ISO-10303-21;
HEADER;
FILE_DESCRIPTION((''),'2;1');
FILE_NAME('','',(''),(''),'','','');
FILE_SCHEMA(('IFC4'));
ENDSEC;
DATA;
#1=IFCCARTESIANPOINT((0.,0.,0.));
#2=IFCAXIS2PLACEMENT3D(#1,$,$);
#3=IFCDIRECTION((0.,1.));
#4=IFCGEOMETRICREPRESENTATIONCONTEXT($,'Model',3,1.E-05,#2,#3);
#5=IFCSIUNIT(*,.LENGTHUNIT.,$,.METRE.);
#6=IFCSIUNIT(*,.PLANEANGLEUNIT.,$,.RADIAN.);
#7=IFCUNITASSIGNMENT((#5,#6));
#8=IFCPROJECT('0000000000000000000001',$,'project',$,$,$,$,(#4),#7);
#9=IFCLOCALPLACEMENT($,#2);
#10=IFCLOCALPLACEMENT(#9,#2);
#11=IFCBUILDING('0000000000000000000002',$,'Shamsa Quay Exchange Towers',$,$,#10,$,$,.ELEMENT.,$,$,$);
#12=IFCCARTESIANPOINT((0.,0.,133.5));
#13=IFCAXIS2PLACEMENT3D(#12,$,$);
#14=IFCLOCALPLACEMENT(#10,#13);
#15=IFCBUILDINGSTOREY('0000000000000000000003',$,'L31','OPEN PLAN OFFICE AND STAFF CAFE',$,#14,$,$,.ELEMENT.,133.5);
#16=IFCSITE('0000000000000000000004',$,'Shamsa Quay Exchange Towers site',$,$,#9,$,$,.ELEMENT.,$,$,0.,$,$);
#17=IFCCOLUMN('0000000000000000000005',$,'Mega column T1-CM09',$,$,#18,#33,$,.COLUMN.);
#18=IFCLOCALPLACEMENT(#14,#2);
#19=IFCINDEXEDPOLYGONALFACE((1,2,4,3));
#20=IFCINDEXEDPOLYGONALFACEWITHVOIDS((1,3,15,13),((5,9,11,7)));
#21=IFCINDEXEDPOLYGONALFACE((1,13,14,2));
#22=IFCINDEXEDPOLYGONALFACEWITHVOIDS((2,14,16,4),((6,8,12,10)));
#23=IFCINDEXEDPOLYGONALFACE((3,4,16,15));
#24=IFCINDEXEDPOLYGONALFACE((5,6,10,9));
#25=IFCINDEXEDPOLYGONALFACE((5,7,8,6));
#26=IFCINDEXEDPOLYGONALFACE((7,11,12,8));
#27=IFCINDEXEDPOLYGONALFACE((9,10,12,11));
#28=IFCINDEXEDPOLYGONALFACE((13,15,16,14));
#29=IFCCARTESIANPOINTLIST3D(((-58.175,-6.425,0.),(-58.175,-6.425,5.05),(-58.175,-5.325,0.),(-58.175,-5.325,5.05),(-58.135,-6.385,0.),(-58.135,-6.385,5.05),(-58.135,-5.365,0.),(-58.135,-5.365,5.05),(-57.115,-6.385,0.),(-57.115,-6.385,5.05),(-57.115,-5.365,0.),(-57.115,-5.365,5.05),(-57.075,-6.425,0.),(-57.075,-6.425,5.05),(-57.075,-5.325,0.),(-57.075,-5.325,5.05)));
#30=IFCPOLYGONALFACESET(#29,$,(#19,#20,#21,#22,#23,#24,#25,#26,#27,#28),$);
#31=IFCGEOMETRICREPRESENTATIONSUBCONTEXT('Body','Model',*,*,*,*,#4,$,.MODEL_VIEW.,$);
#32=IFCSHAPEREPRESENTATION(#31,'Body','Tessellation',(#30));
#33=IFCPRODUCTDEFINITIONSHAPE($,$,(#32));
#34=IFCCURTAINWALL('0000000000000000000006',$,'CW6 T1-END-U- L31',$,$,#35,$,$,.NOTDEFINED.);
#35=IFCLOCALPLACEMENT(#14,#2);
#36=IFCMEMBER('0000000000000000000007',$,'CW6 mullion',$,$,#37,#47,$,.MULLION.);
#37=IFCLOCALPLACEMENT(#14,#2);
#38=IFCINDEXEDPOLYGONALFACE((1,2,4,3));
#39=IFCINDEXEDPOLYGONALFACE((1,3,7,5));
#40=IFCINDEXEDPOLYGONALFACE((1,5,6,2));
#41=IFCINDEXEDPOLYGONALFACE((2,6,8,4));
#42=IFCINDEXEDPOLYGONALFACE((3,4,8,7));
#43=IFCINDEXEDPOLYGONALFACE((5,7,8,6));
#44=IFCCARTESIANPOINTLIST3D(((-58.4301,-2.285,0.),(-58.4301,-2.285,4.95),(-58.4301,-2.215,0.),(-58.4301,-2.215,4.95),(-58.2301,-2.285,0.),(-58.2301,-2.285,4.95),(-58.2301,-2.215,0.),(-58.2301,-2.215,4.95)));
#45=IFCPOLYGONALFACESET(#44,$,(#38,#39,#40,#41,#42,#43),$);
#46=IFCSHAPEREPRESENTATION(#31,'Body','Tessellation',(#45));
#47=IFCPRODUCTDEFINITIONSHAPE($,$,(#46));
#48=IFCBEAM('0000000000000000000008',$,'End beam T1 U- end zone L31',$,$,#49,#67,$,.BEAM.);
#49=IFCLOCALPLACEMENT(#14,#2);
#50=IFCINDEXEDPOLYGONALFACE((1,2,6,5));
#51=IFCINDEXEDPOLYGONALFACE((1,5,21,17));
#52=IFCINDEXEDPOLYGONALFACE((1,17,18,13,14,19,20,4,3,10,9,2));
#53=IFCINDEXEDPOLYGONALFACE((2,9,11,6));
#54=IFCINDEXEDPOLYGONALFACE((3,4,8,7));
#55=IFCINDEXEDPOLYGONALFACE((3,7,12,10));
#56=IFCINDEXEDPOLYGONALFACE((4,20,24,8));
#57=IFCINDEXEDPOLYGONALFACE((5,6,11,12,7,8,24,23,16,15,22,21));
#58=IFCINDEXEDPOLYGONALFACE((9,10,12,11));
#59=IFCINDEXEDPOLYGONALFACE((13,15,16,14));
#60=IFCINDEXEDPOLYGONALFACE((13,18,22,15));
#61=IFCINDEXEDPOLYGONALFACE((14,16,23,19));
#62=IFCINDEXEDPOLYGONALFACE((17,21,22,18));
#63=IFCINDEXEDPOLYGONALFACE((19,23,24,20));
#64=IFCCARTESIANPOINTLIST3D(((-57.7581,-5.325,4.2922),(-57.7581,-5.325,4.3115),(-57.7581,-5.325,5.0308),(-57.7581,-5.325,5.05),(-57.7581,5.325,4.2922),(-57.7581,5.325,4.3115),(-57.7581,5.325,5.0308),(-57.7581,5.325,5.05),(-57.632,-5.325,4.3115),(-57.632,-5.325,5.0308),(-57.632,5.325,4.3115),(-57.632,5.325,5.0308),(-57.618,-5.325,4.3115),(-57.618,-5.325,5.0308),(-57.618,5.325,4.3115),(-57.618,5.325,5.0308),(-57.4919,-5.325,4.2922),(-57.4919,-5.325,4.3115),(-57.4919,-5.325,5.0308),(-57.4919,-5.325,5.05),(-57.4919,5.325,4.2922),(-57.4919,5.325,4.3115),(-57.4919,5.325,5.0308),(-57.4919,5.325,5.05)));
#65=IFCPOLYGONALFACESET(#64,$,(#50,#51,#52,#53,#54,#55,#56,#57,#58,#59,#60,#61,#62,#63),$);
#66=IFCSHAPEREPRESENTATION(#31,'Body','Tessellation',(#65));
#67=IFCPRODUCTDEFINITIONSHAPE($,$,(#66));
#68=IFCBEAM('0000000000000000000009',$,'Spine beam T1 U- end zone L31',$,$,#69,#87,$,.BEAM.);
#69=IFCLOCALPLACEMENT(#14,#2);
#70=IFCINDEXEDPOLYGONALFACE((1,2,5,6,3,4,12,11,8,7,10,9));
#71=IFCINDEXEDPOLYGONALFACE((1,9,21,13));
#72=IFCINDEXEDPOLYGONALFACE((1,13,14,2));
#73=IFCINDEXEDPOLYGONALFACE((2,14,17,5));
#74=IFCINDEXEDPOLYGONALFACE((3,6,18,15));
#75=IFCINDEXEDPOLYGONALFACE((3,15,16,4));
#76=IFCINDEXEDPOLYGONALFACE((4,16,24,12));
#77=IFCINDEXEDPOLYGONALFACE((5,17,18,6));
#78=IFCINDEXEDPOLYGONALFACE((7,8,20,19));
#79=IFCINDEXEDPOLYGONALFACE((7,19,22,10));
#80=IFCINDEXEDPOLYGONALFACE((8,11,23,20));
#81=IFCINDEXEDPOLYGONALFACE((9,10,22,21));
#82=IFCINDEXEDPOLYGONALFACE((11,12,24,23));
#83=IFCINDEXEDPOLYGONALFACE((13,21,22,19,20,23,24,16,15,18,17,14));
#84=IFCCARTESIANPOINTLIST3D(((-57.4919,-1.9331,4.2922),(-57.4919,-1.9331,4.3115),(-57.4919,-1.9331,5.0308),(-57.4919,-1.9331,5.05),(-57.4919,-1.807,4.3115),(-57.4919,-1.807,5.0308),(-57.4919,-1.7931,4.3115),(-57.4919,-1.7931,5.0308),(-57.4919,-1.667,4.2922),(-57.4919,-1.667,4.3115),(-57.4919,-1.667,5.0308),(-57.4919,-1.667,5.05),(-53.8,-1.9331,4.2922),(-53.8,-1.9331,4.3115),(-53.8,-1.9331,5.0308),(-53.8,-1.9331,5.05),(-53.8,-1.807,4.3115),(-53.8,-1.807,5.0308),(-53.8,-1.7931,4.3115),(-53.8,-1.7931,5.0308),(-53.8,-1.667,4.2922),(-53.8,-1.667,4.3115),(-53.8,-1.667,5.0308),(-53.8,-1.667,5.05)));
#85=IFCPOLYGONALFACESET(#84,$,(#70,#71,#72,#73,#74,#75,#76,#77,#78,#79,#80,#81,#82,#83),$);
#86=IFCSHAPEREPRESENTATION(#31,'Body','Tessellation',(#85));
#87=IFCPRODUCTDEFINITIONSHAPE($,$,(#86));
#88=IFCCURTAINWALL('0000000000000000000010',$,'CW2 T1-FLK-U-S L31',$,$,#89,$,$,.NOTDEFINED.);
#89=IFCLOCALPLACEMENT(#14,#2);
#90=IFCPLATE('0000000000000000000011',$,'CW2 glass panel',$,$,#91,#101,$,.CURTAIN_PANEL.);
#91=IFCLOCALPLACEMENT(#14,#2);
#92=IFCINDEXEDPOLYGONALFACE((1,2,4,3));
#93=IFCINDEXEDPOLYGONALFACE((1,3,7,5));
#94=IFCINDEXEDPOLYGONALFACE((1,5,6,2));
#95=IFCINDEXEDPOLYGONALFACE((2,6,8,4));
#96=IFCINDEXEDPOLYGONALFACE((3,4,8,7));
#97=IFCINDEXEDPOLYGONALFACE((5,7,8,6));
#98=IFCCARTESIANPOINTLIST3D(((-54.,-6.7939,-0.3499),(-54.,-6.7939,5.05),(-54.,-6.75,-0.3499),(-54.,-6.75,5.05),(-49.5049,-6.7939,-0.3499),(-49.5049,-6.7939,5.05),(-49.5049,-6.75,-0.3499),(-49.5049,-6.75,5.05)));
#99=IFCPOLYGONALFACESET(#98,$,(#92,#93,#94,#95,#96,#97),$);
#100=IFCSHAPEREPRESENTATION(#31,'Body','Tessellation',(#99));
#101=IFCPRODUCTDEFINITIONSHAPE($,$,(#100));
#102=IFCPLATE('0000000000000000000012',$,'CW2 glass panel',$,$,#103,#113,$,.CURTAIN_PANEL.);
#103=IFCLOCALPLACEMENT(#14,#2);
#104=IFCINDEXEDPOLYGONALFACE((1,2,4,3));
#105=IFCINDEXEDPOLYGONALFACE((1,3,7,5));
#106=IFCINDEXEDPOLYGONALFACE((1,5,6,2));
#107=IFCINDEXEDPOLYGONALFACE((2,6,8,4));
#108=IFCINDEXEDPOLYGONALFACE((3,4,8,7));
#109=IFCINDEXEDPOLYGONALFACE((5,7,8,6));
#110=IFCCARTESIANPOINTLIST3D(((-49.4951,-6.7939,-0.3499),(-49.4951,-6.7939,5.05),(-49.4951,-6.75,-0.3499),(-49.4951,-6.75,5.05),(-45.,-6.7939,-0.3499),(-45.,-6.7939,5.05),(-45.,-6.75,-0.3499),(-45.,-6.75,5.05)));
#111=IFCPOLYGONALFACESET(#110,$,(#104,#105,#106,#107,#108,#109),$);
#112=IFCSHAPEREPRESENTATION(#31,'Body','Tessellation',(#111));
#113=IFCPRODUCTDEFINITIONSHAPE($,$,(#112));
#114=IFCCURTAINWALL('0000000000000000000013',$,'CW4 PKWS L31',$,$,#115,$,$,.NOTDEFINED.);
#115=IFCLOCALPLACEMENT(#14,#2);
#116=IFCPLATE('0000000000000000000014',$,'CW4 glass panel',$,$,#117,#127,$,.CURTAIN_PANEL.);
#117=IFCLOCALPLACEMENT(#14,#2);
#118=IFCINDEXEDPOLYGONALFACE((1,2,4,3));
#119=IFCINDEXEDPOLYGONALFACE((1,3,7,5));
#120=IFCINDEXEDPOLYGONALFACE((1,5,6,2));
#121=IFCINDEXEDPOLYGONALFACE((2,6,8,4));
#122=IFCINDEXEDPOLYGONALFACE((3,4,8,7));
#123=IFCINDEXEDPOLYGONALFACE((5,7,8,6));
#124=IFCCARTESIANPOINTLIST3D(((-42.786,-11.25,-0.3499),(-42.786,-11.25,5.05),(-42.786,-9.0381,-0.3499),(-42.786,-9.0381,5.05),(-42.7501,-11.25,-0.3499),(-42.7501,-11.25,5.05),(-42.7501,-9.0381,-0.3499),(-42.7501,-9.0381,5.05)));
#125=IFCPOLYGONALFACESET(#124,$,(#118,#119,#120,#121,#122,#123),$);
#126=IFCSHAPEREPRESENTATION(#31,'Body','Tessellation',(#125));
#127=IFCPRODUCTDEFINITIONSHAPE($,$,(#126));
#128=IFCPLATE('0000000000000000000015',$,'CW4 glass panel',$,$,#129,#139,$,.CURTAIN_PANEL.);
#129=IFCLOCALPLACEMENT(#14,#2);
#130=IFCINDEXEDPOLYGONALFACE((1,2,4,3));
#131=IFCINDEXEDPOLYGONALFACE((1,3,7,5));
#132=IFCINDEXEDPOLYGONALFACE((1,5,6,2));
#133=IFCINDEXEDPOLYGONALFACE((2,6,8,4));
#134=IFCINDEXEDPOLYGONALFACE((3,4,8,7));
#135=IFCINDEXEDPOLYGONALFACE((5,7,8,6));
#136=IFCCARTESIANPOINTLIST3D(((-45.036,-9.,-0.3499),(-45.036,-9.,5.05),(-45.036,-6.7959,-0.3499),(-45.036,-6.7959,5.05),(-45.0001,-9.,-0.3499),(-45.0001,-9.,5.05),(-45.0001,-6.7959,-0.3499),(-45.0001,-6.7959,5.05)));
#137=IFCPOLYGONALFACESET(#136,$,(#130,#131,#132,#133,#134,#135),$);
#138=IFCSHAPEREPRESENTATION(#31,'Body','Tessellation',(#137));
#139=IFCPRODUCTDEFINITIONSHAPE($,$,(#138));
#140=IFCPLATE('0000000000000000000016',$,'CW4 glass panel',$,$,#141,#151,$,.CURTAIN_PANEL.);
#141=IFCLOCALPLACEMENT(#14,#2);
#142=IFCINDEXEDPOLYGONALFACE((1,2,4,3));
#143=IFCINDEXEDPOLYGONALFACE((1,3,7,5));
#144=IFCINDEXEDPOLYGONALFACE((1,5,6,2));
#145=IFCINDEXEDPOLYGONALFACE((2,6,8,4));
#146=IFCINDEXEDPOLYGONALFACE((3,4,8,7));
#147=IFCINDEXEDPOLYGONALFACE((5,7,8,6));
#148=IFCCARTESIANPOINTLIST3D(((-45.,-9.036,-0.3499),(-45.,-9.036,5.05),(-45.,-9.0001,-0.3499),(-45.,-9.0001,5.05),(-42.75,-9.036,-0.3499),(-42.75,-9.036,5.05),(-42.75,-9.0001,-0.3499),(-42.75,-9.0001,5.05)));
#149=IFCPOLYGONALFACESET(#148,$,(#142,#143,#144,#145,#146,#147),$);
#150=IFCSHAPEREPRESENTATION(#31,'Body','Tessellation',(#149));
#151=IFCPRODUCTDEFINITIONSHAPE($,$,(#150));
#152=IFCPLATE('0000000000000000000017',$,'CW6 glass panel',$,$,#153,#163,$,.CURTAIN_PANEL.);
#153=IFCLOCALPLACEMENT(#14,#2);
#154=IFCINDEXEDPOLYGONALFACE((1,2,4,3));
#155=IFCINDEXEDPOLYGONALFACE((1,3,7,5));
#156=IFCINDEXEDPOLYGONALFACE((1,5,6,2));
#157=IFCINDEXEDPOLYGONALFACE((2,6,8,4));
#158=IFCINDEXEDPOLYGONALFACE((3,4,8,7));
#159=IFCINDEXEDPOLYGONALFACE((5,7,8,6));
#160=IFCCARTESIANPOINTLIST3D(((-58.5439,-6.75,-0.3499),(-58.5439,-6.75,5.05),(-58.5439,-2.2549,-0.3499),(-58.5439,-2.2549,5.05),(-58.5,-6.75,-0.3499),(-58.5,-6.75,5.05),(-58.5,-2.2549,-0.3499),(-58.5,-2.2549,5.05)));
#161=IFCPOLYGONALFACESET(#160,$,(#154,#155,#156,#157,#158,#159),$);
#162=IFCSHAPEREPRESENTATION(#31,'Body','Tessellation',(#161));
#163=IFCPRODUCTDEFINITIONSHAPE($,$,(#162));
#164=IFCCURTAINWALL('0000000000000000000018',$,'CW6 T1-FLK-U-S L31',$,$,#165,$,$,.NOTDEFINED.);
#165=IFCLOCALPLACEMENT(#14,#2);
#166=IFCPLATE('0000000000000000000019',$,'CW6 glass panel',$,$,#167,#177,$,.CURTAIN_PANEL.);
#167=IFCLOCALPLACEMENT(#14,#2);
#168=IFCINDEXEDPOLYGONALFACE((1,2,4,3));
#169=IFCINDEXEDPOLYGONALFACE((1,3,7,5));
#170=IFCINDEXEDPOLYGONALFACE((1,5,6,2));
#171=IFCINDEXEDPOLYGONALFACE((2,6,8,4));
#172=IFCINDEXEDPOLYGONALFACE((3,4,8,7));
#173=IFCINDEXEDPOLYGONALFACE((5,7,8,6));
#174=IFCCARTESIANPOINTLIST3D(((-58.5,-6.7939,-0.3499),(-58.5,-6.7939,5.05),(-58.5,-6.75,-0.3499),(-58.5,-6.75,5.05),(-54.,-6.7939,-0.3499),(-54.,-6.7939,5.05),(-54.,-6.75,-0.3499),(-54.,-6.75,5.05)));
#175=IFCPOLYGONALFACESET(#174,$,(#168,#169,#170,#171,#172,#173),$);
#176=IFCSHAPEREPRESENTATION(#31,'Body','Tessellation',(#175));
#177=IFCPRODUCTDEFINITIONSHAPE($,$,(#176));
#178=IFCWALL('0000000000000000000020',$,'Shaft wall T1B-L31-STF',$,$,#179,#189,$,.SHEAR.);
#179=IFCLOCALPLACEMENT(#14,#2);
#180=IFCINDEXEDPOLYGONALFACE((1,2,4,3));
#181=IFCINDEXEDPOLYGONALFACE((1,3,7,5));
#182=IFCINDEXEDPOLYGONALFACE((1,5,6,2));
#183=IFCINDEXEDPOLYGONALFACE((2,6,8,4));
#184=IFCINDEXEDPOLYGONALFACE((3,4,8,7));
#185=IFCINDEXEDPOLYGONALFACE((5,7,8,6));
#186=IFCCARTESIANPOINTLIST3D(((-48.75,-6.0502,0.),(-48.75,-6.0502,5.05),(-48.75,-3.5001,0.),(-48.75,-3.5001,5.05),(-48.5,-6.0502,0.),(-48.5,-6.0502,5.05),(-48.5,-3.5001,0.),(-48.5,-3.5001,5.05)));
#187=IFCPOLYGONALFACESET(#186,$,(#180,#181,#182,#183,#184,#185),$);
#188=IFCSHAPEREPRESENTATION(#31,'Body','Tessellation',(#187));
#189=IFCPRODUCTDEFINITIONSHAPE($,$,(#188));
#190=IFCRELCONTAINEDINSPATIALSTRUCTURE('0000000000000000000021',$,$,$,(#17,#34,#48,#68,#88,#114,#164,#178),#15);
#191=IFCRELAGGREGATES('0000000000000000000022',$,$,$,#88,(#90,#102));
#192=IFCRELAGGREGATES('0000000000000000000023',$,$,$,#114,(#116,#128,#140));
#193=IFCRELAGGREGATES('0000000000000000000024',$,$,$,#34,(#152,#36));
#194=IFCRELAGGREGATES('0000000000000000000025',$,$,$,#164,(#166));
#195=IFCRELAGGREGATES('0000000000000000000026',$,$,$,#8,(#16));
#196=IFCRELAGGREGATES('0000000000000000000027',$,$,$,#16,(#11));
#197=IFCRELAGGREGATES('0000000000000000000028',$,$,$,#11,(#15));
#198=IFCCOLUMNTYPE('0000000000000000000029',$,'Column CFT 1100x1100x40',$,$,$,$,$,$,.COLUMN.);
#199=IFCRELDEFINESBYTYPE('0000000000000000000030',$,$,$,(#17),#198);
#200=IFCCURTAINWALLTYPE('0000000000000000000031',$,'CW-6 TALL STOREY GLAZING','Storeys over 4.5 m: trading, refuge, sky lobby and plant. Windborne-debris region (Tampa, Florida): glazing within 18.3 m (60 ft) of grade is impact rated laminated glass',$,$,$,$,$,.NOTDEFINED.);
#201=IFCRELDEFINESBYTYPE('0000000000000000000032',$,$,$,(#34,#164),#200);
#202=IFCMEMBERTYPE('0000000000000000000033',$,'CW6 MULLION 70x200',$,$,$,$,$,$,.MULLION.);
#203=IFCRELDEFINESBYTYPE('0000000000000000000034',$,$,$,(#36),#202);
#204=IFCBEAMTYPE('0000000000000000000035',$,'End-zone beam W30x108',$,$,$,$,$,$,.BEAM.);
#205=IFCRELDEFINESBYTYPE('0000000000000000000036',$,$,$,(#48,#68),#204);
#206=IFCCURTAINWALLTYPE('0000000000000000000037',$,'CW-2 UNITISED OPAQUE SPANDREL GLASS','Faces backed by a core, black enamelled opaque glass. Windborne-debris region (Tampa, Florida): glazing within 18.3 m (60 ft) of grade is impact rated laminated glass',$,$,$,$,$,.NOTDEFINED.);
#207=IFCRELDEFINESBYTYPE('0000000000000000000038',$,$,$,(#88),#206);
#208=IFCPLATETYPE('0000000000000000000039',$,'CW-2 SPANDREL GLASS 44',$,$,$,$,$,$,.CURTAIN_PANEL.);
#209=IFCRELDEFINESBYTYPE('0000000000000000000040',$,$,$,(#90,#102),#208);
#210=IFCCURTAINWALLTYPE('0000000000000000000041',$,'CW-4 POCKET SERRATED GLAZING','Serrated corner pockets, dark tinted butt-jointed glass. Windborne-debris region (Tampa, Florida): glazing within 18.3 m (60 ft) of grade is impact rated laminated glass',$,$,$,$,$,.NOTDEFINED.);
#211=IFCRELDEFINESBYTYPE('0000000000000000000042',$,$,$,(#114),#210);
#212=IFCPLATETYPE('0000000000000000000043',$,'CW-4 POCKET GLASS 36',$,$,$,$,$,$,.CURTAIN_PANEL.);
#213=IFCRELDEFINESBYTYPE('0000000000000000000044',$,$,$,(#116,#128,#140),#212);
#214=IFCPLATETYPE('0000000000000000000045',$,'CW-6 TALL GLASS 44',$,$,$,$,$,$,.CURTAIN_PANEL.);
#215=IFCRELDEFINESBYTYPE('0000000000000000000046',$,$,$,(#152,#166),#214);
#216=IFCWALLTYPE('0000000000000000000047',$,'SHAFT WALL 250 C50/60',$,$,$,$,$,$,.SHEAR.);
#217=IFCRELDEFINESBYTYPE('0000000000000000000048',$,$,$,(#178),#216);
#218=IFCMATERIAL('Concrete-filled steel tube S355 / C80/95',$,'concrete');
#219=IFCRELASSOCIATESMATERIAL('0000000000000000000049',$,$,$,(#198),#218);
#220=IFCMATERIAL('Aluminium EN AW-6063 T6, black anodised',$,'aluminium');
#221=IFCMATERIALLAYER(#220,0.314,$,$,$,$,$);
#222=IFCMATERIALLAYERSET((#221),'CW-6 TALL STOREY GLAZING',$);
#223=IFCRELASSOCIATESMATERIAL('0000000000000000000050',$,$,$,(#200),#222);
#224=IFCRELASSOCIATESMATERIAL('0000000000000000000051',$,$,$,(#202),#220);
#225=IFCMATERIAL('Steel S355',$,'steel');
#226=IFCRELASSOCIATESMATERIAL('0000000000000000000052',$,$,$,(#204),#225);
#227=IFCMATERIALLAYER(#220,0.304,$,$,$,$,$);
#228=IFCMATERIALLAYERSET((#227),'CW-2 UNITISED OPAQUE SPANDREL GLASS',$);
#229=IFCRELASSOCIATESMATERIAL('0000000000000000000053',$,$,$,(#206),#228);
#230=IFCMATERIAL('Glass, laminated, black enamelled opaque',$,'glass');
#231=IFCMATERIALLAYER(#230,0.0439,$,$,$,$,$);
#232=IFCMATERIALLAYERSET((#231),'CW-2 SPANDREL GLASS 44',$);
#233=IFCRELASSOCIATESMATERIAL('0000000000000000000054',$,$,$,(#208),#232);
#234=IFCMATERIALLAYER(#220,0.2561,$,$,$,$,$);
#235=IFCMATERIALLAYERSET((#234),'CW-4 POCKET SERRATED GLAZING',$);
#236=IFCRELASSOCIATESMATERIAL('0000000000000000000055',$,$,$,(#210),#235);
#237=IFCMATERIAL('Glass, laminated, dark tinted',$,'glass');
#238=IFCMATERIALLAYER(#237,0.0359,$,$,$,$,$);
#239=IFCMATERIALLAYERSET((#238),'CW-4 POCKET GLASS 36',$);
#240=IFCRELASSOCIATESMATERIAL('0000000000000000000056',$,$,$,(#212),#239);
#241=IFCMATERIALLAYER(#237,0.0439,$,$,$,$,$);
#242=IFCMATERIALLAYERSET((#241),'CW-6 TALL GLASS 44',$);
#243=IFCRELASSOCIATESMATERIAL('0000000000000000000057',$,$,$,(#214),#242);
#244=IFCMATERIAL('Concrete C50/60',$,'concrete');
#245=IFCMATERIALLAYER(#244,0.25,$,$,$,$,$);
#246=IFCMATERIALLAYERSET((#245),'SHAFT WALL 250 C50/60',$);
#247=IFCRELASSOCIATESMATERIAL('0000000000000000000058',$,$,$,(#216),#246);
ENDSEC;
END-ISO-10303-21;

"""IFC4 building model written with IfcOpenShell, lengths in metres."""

from ifc_helpers import new_model, si_unit, direction, frame, frame_2d, origin, origin_2d, place, context, subcontext, project, spatial, rectangle, hollow_rectangle, i_section, extrude, material, layer, layer_set, material_profile, profile_set, type_object, element, aggregate, save


model = new_model("IFC4")

# Units and contexts
model_context = context("Model", 3, precision=1e-05, world=origin(), true_north=direction((0.0, 1.0)))
body_context = subcontext(model_context, "Body", "Model", "MODEL_VIEW")
ifc_project = project(units=[si_unit("LENGTHUNIT", "METRE"), si_unit("PLANEANGLEUNIT", "RADIAN")], contexts=[model_context])

# Site, building, storey
site_placement = place(None, origin())
site = spatial("IfcSite", under=ifc_project, at=site_placement, Name="Shamsa Quay Exchange Towers site", CompositionType="ELEMENT", RefElevation=0.0)
building_placement = place(site_placement, origin())
building = spatial("IfcBuilding", under=site, at=building_placement, Name="Shamsa Quay Exchange Towers", CompositionType="ELEMENT")
storey_placement = place(building_placement, frame((0.0, 0.0, 133.5)))
storey = spatial("IfcBuildingStorey", under=building, at=storey_placement, Name="L31", Description="OPEN PLAN OFFICE AND STAFF CAFE", CompositionType="ELEMENT", Elevation=133.5)

# Column
ifc_material_1 = material(Name="Concrete-filled steel tube S355 / C80/95", Category="concrete")
ifc_material_profile_1 = material_profile(ifc_material_1, hollow_rectangle(XDim=1.1001, YDim=1.1001, WallThickness=0.04, at=origin_2d()), Name="CFT 1100x1100x40")
ifc_profile_set_1 = profile_set([ifc_material_profile_1], Name="Concrete-filled steel tube S355 / C80/95")
column_type = type_object("IfcColumnType", Name="Column CFT 1100x1100x40", PredefinedType="COLUMN", material=ifc_profile_set_1)
column_placement = place(storey_placement, frame((-57.625, -5.875, 0.0)))
element("IfcColumn", 1, at=column_placement, inside=storey, type_object=column_type, Name="Mega column T1-CM09", PredefinedType="COLUMN", context=body_context, shape_type="SweptSolid", body=[
    extrude(hollow_rectangle(XDim=1.1001, YDim=1.1001, WallThickness=0.04, at=origin_2d()), origin(), (0.0, 0.0, 1.0), 5.05),
])

# Curtain wall, member
ifc_material_2 = material(Name="Aluminium EN AW-6063 T6, black anodised", Category="aluminium")
ifc_layer_1 = layer(ifc_material_2, 0.314)
ifc_layer_set_1 = layer_set([ifc_layer_1], Name="CW-6 TALL STOREY GLAZING")
curtain_wall_type_1 = type_object("IfcCurtainWallType", Name="CW-6 TALL STOREY GLAZING", Description="Storeys over 4.5 m: trading, refuge, sky lobby and plant. Windborne-debris region (Tampa, Florida): glazing within 18.3 m (60 ft) of grade is impact rated laminated glass", PredefinedType="NOTDEFINED", material=ifc_layer_set_1)
curtain_wall_1_placement = place(storey_placement, origin())
curtain_wall_1 = element("IfcCurtainWall", 2, at=curtain_wall_1_placement, inside=storey, type_object=curtain_wall_type_1, Name="CW6 T1-END-U- L31", PredefinedType="NOTDEFINED")
ifc_material_profile_2 = material_profile(ifc_material_2, rectangle(XDim=0.2, YDim=0.0701, at=origin_2d()), Name="MU70x200")
ifc_profile_set_2 = profile_set([ifc_material_profile_2], Name="Aluminium EN AW-6063 T6, black anodised")
member_type = type_object("IfcMemberType", Name="CW6 MULLION 70x200", PredefinedType="MULLION", material=ifc_profile_set_2)
member_placement = place(storey_placement, frame((-58.3301, -2.25, 0.0)))
member = element("IfcMember", 3, at=member_placement, type_object=member_type, Name="CW6 mullion", PredefinedType="MULLION", context=body_context, shape_type="SweptSolid", body=[
    extrude(rectangle(XDim=0.2, YDim=0.0701, at=origin_2d()), origin(), (0.0, 0.0, 1.0), 4.95),
])

# Beams
ifc_material_3 = material(Name="Steel S355", Category="steel")
ifc_material_profile_3 = material_profile(ifc_material_3, i_section(OverallWidth=0.2661, OverallDepth=0.7578, WebThickness=0.0139, FlangeThickness=0.0193, at=origin_2d()), Name="W30x108")
ifc_profile_set_3 = profile_set([ifc_material_profile_3], Name="Steel S355")
beam_type = type_object("IfcBeamType", Name="End-zone beam W30x108", PredefinedType="BEAM", material=ifc_profile_set_3)
beam_1_placement = place(storey_placement, frame((-57.625, -5.325, 4.6711), z_axis=(0.0, 1.0, 0.0), x_axis=(-1.0, 0.0, 0.0)))
element("IfcBeam", 4, at=beam_1_placement, inside=storey, type_object=beam_type, Name="End beam T1 U- end zone L31", PredefinedType="BEAM", context=body_context, shape_type="SweptSolid", body=[
    extrude(i_section(OverallWidth=0.2661, OverallDepth=0.7578, WebThickness=0.0139, FlangeThickness=0.0193, at=origin_2d()), origin(), (0.0, 0.0, 1.0), 10.6499),
])
beam_2_placement = place(storey_placement, frame((-53.8, -1.8, 4.6711), z_axis=(-1.0, 0.0, 0.0), x_axis=(0.0, -1.0, 0.0)))
element("IfcBeam", 5, at=beam_2_placement, inside=storey, type_object=beam_type, Name="Spine beam T1 U- end zone L31", PredefinedType="BEAM", context=body_context, shape_type="SweptSolid", body=[
    extrude(i_section(OverallWidth=0.2661, OverallDepth=0.7578, WebThickness=0.0139, FlangeThickness=0.0193, at=origin_2d()), origin(), (0.0, 0.0, 1.0), 3.6919),
])

# Curtain walls, plates
ifc_layer_2 = layer(ifc_material_2, 0.304)
ifc_layer_set_2 = layer_set([ifc_layer_2], Name="CW-2 UNITISED OPAQUE SPANDREL GLASS")
curtain_wall_type_2 = type_object("IfcCurtainWallType", Name="CW-2 UNITISED OPAQUE SPANDREL GLASS", Description="Faces backed by a core, black enamelled opaque glass. Windborne-debris region (Tampa, Florida): glazing within 18.3 m (60 ft) of grade is impact rated laminated glass", PredefinedType="NOTDEFINED", material=ifc_layer_set_2)
curtain_wall_2_placement = place(storey_placement, origin())
curtain_wall_2 = element("IfcCurtainWall", 6, at=curtain_wall_2_placement, inside=storey, type_object=curtain_wall_type_2, Name="CW2 T1-FLK-U-S L31", PredefinedType="NOTDEFINED")
ifc_material_4 = material(Name="Glass, laminated, black enamelled opaque", Category="glass")
ifc_layer_3 = layer(ifc_material_4, 0.0439)
ifc_layer_set_3 = layer_set([ifc_layer_3], Name="CW-2 SPANDREL GLASS 44")
plate_type_1 = type_object("IfcPlateType", Name="CW-2 SPANDREL GLASS 44", PredefinedType="CURTAIN_PANEL", material=ifc_layer_set_3)
plate_1_placement = place(storey_placement, frame((-51.7524, -6.772, -0.3499)))
plate_1 = element("IfcPlate", 7, at=plate_1_placement, type_object=plate_type_1, Name="CW2 glass panel", PredefinedType="CURTAIN_PANEL", context=body_context, shape_type="SweptSolid", body=[
    extrude(rectangle(XDim=4.4951, YDim=0.0439, at=origin_2d()), origin(), (0.0, 0.0, 1.0), 5.3999),
])
plate_2_placement = place(storey_placement, frame((-47.2476, -6.772, -0.3499)))
plate_2 = element("IfcPlate", 8, at=plate_2_placement, type_object=plate_type_1, Name="CW2 glass panel", PredefinedType="CURTAIN_PANEL", context=body_context, shape_type="SweptSolid", body=[
    extrude(rectangle(XDim=4.4951, YDim=0.0439, at=origin_2d()), origin(), (0.0, 0.0, 1.0), 5.3999),
])
aggregate(curtain_wall_2, [plate_1, plate_2])
ifc_layer_4 = layer(ifc_material_2, 0.2561)
ifc_layer_set_4 = layer_set([ifc_layer_4], Name="CW-4 POCKET SERRATED GLAZING")
curtain_wall_type_3 = type_object("IfcCurtainWallType", Name="CW-4 POCKET SERRATED GLAZING", Description="Serrated corner pockets, dark tinted butt-jointed glass. Windborne-debris region (Tampa, Florida): glazing within 18.3 m (60 ft) of grade is impact rated laminated glass", PredefinedType="NOTDEFINED", material=ifc_layer_set_4)
curtain_wall_3_placement = place(storey_placement, origin())
curtain_wall_3 = element("IfcCurtainWall", 9, at=curtain_wall_3_placement, inside=storey, type_object=curtain_wall_type_3, Name="CW4 PKWS L31", PredefinedType="NOTDEFINED")
ifc_material_5 = material(Name="Glass, laminated, dark tinted", Category="glass")
ifc_layer_5 = layer(ifc_material_5, 0.0359)
ifc_layer_set_5 = layer_set([ifc_layer_5], Name="CW-4 POCKET GLASS 36")
plate_type_2 = type_object("IfcPlateType", Name="CW-4 POCKET GLASS 36", PredefinedType="CURTAIN_PANEL", material=ifc_layer_set_5)
plate_3_placement = place(storey_placement, frame((-42.7681, -10.144, -0.3499), z_axis=(0.0, 0.0, 1.0), x_axis=(0.0, -1.0, 0.0)))
plate_3 = element("IfcPlate", 10, at=plate_3_placement, type_object=plate_type_2, Name="CW4 glass panel", PredefinedType="CURTAIN_PANEL", context=body_context, shape_type="SweptSolid", body=[
    extrude(rectangle(XDim=2.2119, YDim=0.0359, at=origin_2d()), origin(), (0.0, 0.0, 1.0), 5.3999),
])
plate_4_placement = place(storey_placement, frame((-45.0181, -7.8979, -0.3499), z_axis=(0.0, 0.0, 1.0), x_axis=(0.0, -1.0, 0.0)))
plate_4 = element("IfcPlate", 11, at=plate_4_placement, type_object=plate_type_2, Name="CW4 glass panel", PredefinedType="CURTAIN_PANEL", context=body_context, shape_type="SweptSolid", body=[
    extrude(rectangle(XDim=2.2041, YDim=0.0359, at=origin_2d()), origin(), (0.0, 0.0, 1.0), 5.3999),
])
plate_5_placement = place(storey_placement, frame((-43.875, -9.0181, -0.3499)))
plate_5 = element("IfcPlate", 12, at=plate_5_placement, type_object=plate_type_2, Name="CW4 glass panel", PredefinedType="CURTAIN_PANEL", context=body_context, shape_type="SweptSolid", body=[
    extrude(rectangle(XDim=2.25, YDim=0.0359, at=origin_2d()), origin(), (0.0, 0.0, 1.0), 5.3999),
])
aggregate(curtain_wall_3, [plate_3, plate_4, plate_5])

# Plate
ifc_layer_6 = layer(ifc_material_5, 0.0439)
ifc_layer_set_6 = layer_set([ifc_layer_6], Name="CW-6 TALL GLASS 44")
plate_type_3 = type_object("IfcPlateType", Name="CW-6 TALL GLASS 44", PredefinedType="CURTAIN_PANEL", material=ifc_layer_set_6)
plate_6_placement = place(storey_placement, frame((-58.522, -4.5024, -0.3499), z_axis=(0.0, 0.0, 1.0), x_axis=(0.0, -1.0, 0.0)))
plate_6 = element("IfcPlate", 13, at=plate_6_placement, type_object=plate_type_3, Name="CW6 glass panel", PredefinedType="CURTAIN_PANEL", context=body_context, shape_type="SweptSolid", body=[
    extrude(rectangle(XDim=4.4951, YDim=0.0439, at=origin_2d()), origin(), (0.0, 0.0, 1.0), 5.3999),
])
aggregate(curtain_wall_1, [plate_6, member])

# Curtain wall, plate
curtain_wall_4_placement = place(storey_placement, origin())
curtain_wall_4 = element("IfcCurtainWall", 14, at=curtain_wall_4_placement, inside=storey, type_object=curtain_wall_type_1, Name="CW6 T1-FLK-U-S L31", PredefinedType="NOTDEFINED")
plate_7_placement = place(storey_placement, frame((-56.25, -6.772, -0.3499)))
plate_7 = element("IfcPlate", 15, at=plate_7_placement, type_object=plate_type_3, Name="CW6 glass panel", PredefinedType="CURTAIN_PANEL", context=body_context, shape_type="SweptSolid", body=[
    extrude(rectangle(XDim=4.5, YDim=0.0439, at=origin_2d()), origin(), (0.0, 0.0, 1.0), 5.3999),
])
aggregate(curtain_wall_4, [plate_7])

# Wall
ifc_material_6 = material(Name="Concrete C50/60", Category="concrete")
ifc_layer_7 = layer(ifc_material_6, 0.25)
ifc_layer_set_7 = layer_set([ifc_layer_7], Name="SHAFT WALL 250 C50/60")
wall_type_1 = type_object("IfcWallType", Name="SHAFT WALL 250 C50/60", PredefinedType="SHEAR", material=ifc_layer_set_7)
wall_1_placement = place(storey_placement, frame((-48.625, -6.05, 0.0), z_axis=(0.0, 0.0, 1.0), x_axis=(0.0, 1.0, 0.0)))
element("IfcWall", 16, at=wall_1_placement, inside=storey, type_object=wall_type_1, Name="Shaft wall T1B-L31-STF", PredefinedType="SHEAR", context=body_context, shape_type="SweptSolid", body=[
    extrude(rectangle(XDim=2.55, YDim=0.25, at=frame_2d((1.2749, 0.0))), origin(), (0.0, 0.0, 1.0), 5.05),
])

save(model, "model.ifc")
